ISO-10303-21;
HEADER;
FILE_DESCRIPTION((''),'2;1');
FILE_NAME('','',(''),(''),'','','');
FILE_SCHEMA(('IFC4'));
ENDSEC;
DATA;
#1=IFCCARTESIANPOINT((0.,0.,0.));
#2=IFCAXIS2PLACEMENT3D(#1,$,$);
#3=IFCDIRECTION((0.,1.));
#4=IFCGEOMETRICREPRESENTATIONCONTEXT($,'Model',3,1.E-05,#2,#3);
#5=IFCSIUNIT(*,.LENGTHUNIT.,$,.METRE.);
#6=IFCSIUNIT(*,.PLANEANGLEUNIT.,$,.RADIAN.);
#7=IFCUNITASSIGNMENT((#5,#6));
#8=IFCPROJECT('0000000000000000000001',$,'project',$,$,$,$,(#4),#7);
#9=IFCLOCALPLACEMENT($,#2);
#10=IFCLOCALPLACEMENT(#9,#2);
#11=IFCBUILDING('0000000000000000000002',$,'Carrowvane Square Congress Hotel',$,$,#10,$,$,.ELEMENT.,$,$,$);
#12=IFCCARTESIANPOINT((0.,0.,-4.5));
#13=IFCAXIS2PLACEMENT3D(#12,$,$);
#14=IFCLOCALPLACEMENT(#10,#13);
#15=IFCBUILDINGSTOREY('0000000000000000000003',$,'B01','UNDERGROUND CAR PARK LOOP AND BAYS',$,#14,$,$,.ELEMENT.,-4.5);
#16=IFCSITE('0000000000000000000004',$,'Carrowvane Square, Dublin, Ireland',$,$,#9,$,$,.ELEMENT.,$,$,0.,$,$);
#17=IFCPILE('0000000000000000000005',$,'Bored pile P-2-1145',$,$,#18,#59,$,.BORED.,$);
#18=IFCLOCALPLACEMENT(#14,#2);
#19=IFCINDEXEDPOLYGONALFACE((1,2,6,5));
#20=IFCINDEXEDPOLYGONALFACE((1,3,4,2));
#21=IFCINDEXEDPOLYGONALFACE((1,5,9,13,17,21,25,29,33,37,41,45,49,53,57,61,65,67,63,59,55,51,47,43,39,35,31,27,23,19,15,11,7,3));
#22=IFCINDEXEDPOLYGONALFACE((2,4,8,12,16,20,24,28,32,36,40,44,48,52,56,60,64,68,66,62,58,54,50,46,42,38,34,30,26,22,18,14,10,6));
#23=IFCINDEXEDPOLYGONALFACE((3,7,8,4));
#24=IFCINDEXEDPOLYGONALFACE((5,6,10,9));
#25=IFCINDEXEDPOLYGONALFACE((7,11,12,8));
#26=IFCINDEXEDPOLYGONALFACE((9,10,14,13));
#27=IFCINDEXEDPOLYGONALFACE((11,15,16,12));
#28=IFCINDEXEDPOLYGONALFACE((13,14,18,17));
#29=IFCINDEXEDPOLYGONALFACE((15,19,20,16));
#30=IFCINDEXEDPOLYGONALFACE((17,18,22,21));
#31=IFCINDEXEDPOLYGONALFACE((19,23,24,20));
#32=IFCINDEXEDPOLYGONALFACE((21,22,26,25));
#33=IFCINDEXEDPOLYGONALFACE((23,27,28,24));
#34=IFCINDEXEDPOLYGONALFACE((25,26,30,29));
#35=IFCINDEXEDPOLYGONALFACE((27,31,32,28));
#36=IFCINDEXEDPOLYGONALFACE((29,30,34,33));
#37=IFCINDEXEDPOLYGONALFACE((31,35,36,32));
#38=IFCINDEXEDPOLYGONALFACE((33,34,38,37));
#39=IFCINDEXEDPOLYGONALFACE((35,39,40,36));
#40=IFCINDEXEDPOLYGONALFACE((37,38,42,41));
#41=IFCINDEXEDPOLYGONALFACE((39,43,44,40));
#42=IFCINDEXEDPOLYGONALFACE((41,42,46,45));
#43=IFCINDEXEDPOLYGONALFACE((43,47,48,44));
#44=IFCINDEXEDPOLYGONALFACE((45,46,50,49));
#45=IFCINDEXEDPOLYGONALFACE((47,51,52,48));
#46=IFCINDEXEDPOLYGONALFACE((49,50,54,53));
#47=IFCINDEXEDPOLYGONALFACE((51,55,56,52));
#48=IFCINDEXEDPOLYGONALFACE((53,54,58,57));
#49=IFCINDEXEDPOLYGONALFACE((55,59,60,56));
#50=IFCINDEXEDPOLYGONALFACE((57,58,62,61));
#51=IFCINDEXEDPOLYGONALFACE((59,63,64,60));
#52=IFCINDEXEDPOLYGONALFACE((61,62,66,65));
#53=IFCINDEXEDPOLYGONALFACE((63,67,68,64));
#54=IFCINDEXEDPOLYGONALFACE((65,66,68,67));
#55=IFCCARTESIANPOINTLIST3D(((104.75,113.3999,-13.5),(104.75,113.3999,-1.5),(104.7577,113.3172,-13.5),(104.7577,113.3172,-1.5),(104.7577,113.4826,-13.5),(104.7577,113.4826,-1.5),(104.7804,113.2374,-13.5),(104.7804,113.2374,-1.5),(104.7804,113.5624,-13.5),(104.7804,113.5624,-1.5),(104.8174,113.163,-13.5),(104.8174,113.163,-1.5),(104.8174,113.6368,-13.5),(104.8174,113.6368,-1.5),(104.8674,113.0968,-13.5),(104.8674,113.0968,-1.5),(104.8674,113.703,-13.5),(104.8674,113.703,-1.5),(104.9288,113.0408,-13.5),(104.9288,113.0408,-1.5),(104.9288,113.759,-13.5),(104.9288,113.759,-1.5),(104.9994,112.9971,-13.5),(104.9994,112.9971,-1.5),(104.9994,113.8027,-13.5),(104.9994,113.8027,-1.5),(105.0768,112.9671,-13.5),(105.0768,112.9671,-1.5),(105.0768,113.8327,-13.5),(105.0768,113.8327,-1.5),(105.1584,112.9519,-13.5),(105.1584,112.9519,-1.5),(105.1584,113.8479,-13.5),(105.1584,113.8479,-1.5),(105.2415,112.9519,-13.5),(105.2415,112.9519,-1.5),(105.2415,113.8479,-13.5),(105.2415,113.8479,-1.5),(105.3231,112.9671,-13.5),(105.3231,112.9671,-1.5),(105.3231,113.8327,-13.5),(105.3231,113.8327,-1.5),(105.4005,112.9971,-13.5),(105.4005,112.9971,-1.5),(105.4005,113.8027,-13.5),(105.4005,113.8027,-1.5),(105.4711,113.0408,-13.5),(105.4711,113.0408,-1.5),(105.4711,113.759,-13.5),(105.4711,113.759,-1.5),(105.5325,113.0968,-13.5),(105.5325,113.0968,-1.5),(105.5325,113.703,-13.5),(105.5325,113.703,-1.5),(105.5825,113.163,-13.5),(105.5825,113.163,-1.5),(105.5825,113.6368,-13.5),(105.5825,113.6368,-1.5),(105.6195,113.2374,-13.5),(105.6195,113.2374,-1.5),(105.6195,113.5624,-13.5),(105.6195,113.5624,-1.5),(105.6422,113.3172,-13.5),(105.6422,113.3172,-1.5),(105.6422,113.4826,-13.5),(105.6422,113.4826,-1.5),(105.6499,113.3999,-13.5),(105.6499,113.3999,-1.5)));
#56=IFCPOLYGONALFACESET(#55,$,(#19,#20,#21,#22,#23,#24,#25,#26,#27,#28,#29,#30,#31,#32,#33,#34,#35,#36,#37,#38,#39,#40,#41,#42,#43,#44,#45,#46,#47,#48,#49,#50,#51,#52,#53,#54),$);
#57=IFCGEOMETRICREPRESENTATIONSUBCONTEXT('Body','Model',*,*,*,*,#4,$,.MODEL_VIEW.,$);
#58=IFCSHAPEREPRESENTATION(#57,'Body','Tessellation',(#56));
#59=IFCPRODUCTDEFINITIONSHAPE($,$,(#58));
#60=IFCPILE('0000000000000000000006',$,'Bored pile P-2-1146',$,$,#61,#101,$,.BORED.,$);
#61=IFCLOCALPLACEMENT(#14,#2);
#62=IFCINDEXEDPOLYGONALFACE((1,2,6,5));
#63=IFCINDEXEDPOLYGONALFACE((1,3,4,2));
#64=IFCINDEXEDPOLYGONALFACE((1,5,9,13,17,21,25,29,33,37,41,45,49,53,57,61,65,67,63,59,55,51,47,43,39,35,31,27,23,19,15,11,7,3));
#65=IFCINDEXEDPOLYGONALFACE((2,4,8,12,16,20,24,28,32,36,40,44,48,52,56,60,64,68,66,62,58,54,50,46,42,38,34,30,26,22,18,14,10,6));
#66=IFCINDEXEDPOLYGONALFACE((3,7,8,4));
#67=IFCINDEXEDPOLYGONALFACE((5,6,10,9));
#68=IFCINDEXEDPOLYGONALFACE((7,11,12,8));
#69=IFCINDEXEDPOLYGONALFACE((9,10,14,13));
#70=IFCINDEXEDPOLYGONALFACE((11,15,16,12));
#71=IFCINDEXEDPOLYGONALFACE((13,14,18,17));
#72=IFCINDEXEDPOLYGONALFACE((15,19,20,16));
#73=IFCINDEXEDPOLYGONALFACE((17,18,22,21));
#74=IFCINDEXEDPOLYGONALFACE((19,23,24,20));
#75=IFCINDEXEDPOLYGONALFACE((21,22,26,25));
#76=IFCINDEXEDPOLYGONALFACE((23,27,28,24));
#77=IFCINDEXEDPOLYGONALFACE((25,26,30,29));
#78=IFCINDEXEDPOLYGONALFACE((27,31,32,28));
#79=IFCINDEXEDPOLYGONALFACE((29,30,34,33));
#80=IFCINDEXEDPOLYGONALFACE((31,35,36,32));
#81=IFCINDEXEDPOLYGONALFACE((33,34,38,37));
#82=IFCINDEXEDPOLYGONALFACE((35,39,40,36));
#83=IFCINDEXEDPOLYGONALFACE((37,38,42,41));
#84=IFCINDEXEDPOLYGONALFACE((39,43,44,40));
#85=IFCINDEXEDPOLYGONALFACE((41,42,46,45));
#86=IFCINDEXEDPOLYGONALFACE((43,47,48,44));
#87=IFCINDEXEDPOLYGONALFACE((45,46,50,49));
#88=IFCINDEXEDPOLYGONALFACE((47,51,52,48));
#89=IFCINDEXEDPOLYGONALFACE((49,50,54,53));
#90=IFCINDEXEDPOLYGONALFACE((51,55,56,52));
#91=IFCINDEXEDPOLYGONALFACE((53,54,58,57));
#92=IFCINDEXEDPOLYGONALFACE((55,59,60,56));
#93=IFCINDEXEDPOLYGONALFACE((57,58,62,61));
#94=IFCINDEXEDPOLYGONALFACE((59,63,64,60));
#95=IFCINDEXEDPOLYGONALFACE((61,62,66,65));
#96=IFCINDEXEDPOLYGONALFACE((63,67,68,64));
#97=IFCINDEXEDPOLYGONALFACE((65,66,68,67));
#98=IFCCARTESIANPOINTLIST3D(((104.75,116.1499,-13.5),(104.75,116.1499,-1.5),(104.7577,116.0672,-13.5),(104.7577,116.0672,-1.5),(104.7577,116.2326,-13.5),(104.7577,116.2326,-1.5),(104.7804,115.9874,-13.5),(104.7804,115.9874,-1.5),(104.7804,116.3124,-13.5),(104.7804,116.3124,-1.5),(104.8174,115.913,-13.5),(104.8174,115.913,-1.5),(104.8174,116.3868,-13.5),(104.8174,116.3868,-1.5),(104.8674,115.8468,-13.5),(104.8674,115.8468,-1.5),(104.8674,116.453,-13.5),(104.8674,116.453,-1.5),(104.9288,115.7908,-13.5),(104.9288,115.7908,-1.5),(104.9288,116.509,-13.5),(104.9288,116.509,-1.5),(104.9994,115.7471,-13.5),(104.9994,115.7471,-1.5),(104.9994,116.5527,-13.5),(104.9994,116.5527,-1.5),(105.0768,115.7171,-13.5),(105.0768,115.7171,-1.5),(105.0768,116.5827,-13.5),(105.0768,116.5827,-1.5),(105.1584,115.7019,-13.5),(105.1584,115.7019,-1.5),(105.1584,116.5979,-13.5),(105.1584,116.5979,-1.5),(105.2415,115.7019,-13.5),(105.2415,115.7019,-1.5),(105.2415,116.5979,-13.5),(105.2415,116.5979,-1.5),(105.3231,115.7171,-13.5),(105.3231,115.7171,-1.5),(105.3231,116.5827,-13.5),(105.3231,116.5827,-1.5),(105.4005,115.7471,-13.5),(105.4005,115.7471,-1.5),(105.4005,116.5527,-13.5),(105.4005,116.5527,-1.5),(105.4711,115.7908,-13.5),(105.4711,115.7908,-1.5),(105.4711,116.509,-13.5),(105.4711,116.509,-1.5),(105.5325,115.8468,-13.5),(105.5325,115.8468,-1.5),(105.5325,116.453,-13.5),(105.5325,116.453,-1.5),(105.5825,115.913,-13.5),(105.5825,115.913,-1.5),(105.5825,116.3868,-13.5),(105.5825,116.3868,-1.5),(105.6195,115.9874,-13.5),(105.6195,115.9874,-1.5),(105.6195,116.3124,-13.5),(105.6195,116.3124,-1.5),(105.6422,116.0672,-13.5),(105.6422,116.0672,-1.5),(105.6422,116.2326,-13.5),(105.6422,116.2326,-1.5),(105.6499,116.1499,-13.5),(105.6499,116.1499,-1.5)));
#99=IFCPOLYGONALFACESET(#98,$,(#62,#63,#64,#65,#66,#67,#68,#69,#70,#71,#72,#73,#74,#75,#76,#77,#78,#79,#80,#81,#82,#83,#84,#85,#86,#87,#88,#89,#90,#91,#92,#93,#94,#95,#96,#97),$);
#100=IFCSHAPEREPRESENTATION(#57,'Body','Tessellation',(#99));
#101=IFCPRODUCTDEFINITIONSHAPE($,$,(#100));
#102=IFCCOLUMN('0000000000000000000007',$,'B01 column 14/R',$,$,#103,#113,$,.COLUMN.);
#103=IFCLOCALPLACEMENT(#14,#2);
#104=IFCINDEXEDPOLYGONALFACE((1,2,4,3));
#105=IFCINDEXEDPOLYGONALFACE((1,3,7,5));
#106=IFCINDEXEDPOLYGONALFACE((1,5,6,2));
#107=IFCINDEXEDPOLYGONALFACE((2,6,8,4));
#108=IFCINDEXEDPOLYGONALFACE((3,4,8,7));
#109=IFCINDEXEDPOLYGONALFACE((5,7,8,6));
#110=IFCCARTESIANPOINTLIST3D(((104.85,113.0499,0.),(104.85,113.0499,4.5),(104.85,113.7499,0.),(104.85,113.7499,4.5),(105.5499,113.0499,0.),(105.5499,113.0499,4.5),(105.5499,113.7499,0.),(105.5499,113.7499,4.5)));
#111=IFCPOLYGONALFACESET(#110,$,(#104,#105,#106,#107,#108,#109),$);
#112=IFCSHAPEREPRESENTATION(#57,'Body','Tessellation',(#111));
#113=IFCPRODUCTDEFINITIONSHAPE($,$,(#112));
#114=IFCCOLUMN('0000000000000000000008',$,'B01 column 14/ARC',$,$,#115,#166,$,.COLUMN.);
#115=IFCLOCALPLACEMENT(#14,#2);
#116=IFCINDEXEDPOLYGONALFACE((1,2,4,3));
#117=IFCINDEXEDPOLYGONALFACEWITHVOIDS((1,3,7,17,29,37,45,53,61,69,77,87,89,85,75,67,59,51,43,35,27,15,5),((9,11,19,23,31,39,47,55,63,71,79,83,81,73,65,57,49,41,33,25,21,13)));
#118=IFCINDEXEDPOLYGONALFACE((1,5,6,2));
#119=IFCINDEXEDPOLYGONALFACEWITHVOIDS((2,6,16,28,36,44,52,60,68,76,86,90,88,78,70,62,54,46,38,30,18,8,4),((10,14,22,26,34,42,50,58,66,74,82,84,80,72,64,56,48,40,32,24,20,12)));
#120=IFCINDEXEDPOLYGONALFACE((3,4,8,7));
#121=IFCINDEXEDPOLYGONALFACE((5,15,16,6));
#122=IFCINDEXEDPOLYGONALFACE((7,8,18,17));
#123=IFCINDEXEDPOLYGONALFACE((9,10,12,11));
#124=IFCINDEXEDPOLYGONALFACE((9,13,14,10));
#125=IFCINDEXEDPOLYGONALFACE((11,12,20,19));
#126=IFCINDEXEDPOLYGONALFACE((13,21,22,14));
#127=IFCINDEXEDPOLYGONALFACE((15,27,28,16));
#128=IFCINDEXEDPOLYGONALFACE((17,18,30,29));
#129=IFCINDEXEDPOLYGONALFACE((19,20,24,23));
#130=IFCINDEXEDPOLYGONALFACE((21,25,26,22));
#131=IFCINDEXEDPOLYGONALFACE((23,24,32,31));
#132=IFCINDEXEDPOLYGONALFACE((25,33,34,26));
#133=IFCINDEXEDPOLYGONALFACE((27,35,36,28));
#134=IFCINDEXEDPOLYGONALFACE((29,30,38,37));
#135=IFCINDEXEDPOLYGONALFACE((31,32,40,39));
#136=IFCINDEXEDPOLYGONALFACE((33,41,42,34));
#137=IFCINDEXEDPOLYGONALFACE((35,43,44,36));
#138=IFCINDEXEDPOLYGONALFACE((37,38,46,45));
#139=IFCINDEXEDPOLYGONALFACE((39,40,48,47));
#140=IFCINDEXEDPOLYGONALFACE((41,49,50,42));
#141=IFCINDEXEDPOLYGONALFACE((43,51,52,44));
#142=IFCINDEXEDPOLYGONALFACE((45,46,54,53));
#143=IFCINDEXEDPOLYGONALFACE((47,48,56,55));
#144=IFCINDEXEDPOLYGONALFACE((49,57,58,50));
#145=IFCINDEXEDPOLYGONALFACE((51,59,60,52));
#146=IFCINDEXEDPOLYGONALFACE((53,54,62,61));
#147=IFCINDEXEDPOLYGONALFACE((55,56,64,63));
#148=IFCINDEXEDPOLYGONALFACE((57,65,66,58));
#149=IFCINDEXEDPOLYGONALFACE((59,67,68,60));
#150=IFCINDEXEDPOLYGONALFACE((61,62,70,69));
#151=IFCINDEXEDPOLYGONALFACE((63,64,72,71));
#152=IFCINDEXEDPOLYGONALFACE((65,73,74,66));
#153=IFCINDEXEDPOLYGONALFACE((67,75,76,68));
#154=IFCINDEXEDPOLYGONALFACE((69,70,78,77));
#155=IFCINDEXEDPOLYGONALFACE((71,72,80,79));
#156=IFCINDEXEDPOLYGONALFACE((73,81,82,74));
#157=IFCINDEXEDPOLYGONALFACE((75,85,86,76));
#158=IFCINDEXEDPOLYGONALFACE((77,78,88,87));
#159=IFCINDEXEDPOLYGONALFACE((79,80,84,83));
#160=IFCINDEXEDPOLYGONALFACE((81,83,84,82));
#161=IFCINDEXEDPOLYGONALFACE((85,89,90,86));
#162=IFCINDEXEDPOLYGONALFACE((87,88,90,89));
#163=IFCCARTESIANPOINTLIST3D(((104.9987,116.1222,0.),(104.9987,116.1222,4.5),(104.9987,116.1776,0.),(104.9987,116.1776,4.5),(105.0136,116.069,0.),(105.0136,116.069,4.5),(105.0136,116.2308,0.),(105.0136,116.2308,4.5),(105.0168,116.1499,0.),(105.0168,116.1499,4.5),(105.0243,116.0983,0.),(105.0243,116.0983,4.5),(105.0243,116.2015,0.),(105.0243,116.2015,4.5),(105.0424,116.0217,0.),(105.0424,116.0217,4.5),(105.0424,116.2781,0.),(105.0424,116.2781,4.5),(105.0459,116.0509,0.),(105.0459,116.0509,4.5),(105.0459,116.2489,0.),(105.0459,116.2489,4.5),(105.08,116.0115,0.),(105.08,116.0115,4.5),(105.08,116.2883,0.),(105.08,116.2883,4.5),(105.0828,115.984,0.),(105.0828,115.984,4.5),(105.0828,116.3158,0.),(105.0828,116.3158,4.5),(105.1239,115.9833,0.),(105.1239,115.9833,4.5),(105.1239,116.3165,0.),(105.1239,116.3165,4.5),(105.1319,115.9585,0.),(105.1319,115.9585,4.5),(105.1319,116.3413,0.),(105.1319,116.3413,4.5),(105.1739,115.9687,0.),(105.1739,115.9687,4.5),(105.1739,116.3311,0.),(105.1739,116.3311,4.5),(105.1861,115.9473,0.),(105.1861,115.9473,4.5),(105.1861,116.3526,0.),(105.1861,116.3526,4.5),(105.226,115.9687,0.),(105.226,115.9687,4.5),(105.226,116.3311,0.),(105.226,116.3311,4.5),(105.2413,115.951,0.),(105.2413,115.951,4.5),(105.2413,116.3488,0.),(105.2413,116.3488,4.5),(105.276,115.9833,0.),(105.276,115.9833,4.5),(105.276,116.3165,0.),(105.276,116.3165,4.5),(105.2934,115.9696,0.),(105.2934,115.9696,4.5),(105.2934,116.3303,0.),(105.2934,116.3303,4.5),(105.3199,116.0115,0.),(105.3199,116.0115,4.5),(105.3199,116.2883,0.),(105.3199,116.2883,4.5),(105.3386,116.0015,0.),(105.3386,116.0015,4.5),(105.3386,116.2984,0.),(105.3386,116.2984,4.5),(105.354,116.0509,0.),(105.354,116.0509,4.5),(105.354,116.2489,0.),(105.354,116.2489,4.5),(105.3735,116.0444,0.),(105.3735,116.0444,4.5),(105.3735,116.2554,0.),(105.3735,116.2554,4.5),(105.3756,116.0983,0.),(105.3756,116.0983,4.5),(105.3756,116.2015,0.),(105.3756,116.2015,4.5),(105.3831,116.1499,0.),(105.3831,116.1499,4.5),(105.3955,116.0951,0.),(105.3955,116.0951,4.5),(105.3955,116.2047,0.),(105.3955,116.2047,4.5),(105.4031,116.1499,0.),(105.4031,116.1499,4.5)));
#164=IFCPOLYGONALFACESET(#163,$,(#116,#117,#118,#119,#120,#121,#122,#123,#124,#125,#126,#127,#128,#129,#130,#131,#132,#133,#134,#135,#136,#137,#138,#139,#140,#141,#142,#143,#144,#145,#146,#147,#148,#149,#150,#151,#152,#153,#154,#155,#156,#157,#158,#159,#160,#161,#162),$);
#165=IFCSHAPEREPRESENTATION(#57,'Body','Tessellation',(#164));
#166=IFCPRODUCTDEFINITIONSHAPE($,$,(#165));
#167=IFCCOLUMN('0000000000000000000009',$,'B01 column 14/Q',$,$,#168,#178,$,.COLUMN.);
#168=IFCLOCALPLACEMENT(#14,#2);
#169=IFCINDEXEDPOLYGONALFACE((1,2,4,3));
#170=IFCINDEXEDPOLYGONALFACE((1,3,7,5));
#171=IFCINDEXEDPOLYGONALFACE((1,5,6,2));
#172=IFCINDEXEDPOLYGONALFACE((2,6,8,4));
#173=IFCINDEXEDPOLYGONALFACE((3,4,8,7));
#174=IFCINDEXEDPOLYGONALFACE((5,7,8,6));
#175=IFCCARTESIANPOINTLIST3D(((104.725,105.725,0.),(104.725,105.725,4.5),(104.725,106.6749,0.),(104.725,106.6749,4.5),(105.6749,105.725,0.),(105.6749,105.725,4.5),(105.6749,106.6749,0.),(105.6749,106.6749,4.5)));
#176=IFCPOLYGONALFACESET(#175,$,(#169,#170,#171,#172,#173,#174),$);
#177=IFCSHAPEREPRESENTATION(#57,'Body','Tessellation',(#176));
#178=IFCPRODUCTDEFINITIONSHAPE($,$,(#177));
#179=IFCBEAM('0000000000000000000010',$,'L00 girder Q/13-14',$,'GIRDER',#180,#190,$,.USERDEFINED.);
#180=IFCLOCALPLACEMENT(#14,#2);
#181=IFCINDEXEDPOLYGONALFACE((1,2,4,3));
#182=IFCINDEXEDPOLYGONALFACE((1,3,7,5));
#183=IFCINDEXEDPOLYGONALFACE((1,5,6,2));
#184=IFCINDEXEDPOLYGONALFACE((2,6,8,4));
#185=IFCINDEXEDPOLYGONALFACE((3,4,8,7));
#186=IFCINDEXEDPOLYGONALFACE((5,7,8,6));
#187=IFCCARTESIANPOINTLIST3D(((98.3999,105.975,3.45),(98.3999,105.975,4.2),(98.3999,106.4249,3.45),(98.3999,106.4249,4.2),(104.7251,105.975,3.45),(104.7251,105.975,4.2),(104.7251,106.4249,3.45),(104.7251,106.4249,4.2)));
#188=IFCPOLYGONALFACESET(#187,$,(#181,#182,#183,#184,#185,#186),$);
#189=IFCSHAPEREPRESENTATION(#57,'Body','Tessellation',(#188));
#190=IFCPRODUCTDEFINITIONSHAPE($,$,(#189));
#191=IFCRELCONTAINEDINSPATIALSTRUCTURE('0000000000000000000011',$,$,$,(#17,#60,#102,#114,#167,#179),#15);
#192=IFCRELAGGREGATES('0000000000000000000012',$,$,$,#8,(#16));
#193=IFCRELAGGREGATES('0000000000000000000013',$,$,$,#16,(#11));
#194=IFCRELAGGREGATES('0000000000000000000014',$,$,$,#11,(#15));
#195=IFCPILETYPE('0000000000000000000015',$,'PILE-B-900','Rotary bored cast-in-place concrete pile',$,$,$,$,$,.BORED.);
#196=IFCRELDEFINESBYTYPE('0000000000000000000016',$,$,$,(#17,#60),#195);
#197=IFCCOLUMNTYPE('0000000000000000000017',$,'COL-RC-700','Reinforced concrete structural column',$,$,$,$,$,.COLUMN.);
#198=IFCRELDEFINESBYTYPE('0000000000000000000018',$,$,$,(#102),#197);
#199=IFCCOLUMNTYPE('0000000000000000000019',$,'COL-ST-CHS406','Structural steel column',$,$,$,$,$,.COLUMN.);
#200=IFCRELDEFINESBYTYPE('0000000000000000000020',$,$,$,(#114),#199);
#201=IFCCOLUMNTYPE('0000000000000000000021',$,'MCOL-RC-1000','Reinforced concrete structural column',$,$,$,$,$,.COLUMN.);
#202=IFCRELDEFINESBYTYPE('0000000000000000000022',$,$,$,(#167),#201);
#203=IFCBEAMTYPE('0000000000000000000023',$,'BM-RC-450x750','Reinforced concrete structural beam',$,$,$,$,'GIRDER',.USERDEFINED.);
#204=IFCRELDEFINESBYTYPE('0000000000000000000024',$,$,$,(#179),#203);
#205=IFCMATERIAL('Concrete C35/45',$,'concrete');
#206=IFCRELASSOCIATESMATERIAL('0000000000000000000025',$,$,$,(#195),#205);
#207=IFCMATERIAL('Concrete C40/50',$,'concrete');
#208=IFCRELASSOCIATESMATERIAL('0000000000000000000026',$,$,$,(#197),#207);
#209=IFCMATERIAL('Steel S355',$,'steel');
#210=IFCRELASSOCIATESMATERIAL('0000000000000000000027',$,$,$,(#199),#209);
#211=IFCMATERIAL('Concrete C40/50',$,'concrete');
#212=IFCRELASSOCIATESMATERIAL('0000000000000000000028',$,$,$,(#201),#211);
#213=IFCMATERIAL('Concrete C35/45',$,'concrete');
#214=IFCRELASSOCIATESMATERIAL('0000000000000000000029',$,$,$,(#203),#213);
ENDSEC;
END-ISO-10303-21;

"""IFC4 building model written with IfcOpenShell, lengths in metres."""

from ifc_helpers import new_model, si_unit, direction, frame, origin, origin_2d, place, context, subcontext, project, spatial, rectangle, circle, hollow_circle, extrude, material, material_profile, profile_set, type_object, element, save


model = new_model("IFC4")

# Units and contexts
model_context = context("Model", 3, precision=1e-05, world=origin(), true_north=direction((0.0, 1.0)))
body_context = subcontext(model_context, "Body", "Model", "MODEL_VIEW")
ifc_project = project(units=[si_unit("LENGTHUNIT", "METRE"), si_unit("PLANEANGLEUNIT", "RADIAN")], contexts=[model_context])

# Site, building, storey
site_placement = place(None, origin())
site = spatial("IfcSite", under=ifc_project, at=site_placement, Name="Carrowvane Square, Dublin, Ireland", CompositionType="ELEMENT", RefElevation=0.0)
building_placement = place(site_placement, origin())
building = spatial("IfcBuilding", under=site, at=building_placement, Name="Carrowvane Square Congress Hotel", CompositionType="ELEMENT")
storey_placement = place(building_placement, frame((0.0, 0.0, -4.5)))
storey = spatial("IfcBuildingStorey", under=building, at=storey_placement, Name="B01", Description="UNDERGROUND CAR PARK LOOP AND BAYS", CompositionType="ELEMENT", Elevation=-4.5)

# Piles
ifc_material_1 = material(Name="Concrete C35/45", Category="concrete")
ifc_material_profile_1 = material_profile(ifc_material_1, circle(Radius=0.45, at=origin_2d()), Name="PILE D900")
ifc_profile_set_1 = profile_set([ifc_material_profile_1], Name="Concrete C35/45")
pile_type_1 = type_object("IfcPileType", Name="PILE-B-900", Description="Rotary bored cast-in-place concrete pile", PredefinedType="BORED", material=ifc_profile_set_1)
for number, where, z_axis, x_axis, name in (
    (1, (105.2, 113.3999, -1.5), (0.0, 0.0, -1.0), (1.0, 0.0, 0.0), "Bored pile P-2-1145"),
    (2, (105.2, 116.1499, -1.5), (0.0, 0.0, -1.0), (1.0, 0.0, 0.0), "Bored pile P-2-1146"),
):
    element("IfcPile", number, at=place(storey_placement, frame(where, z_axis=z_axis, x_axis=x_axis)), inside=storey, type_object=pile_type_1, Name=name, PredefinedType="BORED", context=body_context, shape_type="SweptSolid", body=[
        extrude(circle(Radius=0.45, at=origin_2d()), origin(), (0.0, 0.0, 1.0), 12.0),
    ])

# Columns
ifc_material_2 = material(Name="Concrete C40/50", Category="concrete")
ifc_material_profile_2 = material_profile(ifc_material_2, rectangle(XDim=0.7, YDim=0.7, at=origin_2d()), Name="RC 700x700")
ifc_profile_set_2 = profile_set([ifc_material_profile_2], Name="Concrete C40/50")
column_type_1 = type_object("IfcColumnType", Name="COL-RC-700", Description="Reinforced concrete structural column", PredefinedType="COLUMN", material=ifc_profile_set_2)
column_1_placement = place(storey_placement, frame((105.2, 113.3999, 0.0), z_axis=(0.0, 0.0, 1.0), x_axis=(1.0, 0.0, 0.0)))
element("IfcColumn", 3, at=column_1_placement, inside=storey, type_object=column_type_1, Name="B01 column 14/R", PredefinedType="COLUMN", context=body_context, shape_type="SweptSolid", body=[
    extrude(rectangle(XDim=0.7, YDim=0.7, at=origin_2d()), origin(), (0.0, 0.0, 1.0), 4.5),
])
ifc_material_3 = material(Name="Steel S355", Category="steel")
ifc_material_profile_3 = material_profile(ifc_material_3, hollow_circle(Radius=0.2031, WallThickness=0.02, at=origin_2d()), Name="CHS 406.4x20")
ifc_profile_set_3 = profile_set([ifc_material_profile_3], Name="Steel S355")
column_type_2 = type_object("IfcColumnType", Name="COL-ST-CHS406", Description="Structural steel column", PredefinedType="COLUMN", material=ifc_profile_set_3)
column_2_placement = place(storey_placement, frame((105.2, 116.1499, 0.0), z_axis=(0.0, 0.0, 1.0), x_axis=(1.0, 0.0, 0.0)))
element("IfcColumn", 4, at=column_2_placement, inside=storey, type_object=column_type_2, Name="B01 column 14/ARC", PredefinedType="COLUMN", context=body_context, shape_type="SweptSolid", body=[
    extrude(hollow_circle(Radius=0.2031, WallThickness=0.02, at=origin_2d()), origin(), (0.0, 0.0, 1.0), 4.5),
])
ifc_material_4 = material(Name="Concrete C40/50", Category="concrete")
ifc_material_profile_4 = material_profile(ifc_material_4, rectangle(XDim=0.95, YDim=0.95, at=origin_2d()), Name="RC 950x950")
ifc_profile_set_4 = profile_set([ifc_material_profile_4], Name="Concrete C40/50")
column_type_3 = type_object("IfcColumnType", Name="MCOL-RC-1000", Description="Reinforced concrete structural column", PredefinedType="COLUMN", material=ifc_profile_set_4)
column_3_placement = place(storey_placement, frame((105.2, 106.2, 0.0), z_axis=(0.0, 0.0, 1.0), x_axis=(1.0, 0.0, 0.0)))
element("IfcColumn", 5, at=column_3_placement, inside=storey, type_object=column_type_3, Name="B01 column 14/Q", PredefinedType="COLUMN", context=body_context, shape_type="SweptSolid", body=[
    extrude(rectangle(XDim=0.95, YDim=0.95, at=origin_2d()), origin(), (0.0, 0.0, 1.0), 4.5),
])

# Beam
ifc_material_5 = material(Name="Concrete C35/45", Category="concrete")
ifc_material_profile_5 = material_profile(ifc_material_5, rectangle(XDim=0.45, YDim=0.75, at=origin_2d()), Name="RC 450x750")
ifc_profile_set_5 = profile_set([ifc_material_profile_5], Name="Concrete C35/45")
beam_type_1 = type_object("IfcBeamType", Name="BM-RC-450x750", Description="Reinforced concrete structural beam", ElementType="GIRDER", PredefinedType="USERDEFINED", material=ifc_profile_set_5)
beam_1_placement = place(storey_placement, frame((98.3999, 106.2, 3.825), z_axis=(1.0, 0.0, 0.0), x_axis=(0.0, 1.0, 0.0)))
element("IfcBeam", 6, at=beam_1_placement, inside=storey, type_object=beam_type_1, Name="L00 girder Q/13-14", ObjectType="GIRDER", PredefinedType="USERDEFINED", context=body_context, shape_type="SweptSolid", body=[
    extrude(rectangle(XDim=0.45, YDim=0.75, at=origin_2d()), origin(), (0.0, 0.0, 1.0), 6.3252),
])

save(model, "model.ifc")
